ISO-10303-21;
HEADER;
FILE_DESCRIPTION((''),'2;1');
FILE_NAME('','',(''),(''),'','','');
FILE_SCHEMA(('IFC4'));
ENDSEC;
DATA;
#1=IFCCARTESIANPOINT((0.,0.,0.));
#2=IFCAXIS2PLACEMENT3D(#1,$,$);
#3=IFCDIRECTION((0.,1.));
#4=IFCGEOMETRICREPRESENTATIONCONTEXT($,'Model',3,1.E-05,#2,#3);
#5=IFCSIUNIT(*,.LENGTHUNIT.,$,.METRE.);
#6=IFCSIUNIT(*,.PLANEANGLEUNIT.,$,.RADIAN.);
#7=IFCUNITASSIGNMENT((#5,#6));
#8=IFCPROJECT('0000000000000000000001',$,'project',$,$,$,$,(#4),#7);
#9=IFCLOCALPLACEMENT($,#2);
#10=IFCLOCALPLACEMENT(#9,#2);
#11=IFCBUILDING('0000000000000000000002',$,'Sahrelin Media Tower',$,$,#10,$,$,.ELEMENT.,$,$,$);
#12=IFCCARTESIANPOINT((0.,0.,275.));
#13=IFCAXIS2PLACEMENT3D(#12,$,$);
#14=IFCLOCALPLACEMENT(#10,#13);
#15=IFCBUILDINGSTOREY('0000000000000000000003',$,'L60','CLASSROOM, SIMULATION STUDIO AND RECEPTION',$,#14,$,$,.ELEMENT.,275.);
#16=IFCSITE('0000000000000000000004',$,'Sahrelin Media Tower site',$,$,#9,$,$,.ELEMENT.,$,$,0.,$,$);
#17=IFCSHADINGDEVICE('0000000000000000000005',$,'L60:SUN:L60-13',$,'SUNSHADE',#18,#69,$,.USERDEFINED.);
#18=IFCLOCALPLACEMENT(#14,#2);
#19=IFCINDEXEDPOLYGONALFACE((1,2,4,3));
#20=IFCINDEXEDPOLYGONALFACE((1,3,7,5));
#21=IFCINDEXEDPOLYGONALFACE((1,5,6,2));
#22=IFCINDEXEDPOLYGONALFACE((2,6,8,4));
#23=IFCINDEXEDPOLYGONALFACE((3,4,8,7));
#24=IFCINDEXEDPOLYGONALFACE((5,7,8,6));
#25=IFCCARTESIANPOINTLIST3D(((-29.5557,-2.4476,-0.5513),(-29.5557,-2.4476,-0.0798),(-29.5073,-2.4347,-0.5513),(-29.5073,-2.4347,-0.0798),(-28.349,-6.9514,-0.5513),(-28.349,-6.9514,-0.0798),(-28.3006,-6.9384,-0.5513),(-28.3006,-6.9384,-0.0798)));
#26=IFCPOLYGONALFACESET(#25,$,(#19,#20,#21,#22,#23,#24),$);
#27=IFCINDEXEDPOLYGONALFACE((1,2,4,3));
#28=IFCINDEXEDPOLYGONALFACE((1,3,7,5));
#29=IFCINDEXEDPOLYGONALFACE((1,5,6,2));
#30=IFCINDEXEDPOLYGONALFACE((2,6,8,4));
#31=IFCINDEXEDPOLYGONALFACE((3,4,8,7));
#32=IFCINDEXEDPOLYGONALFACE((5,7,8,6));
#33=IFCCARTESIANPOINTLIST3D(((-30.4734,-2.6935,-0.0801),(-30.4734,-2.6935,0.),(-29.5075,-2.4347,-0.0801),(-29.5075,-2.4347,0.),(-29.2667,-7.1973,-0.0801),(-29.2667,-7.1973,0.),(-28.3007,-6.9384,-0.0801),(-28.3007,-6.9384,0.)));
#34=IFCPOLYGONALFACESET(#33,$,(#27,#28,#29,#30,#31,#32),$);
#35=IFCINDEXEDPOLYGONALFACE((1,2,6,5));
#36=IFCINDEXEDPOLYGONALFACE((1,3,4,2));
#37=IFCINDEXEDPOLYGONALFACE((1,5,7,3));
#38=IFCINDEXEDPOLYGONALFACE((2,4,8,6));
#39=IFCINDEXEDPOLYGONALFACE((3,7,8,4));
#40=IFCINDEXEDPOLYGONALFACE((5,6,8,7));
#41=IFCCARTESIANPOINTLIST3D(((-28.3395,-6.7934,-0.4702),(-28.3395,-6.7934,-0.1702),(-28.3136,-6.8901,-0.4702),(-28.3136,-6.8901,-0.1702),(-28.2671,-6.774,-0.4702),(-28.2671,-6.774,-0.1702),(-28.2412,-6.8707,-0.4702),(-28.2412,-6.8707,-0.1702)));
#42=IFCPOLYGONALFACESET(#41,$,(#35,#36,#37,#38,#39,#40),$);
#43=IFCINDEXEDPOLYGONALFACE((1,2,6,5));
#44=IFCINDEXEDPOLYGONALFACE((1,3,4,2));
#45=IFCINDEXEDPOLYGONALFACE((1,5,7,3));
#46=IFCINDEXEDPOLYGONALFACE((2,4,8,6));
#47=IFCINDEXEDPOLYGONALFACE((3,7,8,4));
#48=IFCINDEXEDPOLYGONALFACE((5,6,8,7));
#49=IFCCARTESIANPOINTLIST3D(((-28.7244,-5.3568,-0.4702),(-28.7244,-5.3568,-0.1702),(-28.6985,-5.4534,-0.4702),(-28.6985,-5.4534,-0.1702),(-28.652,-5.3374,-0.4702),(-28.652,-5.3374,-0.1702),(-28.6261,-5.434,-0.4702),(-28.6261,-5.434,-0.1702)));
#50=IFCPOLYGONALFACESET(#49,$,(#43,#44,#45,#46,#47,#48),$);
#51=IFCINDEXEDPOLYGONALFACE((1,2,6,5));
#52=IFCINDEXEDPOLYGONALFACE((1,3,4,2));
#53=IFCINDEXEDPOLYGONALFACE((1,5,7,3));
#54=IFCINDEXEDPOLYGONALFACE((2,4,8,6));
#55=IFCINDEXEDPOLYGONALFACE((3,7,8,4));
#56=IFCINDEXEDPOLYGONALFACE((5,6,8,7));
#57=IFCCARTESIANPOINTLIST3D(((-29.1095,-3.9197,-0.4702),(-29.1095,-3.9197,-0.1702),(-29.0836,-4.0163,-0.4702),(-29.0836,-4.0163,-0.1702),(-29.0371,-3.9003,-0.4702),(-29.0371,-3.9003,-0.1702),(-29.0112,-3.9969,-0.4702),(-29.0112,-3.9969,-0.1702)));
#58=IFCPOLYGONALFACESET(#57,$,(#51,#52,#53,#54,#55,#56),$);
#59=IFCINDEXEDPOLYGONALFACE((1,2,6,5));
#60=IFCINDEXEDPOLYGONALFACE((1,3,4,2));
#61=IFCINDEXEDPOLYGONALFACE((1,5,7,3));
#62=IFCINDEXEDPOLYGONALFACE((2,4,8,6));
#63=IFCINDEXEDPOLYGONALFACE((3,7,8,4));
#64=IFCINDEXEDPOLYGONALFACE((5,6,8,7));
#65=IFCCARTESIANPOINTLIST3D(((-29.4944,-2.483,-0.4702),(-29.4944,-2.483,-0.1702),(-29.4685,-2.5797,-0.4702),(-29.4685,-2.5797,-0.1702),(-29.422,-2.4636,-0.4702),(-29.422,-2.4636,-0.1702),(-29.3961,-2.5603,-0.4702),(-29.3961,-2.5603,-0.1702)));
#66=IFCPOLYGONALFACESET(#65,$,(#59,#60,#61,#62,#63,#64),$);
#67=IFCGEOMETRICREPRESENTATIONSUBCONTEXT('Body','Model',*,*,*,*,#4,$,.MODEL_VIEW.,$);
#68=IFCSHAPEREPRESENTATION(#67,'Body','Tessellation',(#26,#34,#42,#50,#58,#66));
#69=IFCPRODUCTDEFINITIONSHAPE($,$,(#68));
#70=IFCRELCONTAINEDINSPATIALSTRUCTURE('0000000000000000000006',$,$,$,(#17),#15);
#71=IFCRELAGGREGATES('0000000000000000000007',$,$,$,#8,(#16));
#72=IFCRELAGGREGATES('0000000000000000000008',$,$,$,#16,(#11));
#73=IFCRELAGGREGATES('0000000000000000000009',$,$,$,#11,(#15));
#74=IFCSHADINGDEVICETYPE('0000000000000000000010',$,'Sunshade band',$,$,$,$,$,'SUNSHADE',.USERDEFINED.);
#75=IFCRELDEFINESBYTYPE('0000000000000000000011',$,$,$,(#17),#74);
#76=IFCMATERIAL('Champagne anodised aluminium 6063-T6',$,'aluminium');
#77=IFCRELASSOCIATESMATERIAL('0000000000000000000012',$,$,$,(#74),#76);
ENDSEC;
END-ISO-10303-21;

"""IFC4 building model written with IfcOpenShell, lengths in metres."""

from ifc_helpers import new_model, si_unit, direction, frame, origin, origin_2d, place, context, subcontext, project, spatial, rectangle, extrude, material, type_object, element, save


model = new_model("IFC4")

# Units and contexts
model_context = context("Model", 3, precision=1e-05, world=origin(), true_north=direction((0.0, 1.0)))
body_context = subcontext(model_context, "Body", "Model", "MODEL_VIEW")
ifc_project = project(units=[si_unit("LENGTHUNIT", "METRE"), si_unit("PLANEANGLEUNIT", "RADIAN")], contexts=[model_context])

# Site, building, storey
site_placement = place(None, origin())
site = spatial("IfcSite", under=ifc_project, at=site_placement, Name="Sahrelin Media Tower site", CompositionType="ELEMENT", RefElevation=0.0)
building_placement = place(site_placement, origin())
building = spatial("IfcBuilding", under=site, at=building_placement, Name="Sahrelin Media Tower", CompositionType="ELEMENT")
storey_placement = place(building_placement, frame((0.0, 0.0, 275.0)))
storey = spatial("IfcBuildingStorey", under=building, at=storey_placement, Name="L60", Description="CLASSROOM, SIMULATION STUDIO AND RECEPTION", CompositionType="ELEMENT", Elevation=275.0)

# Shared definitions
ifc_material_1 = material(Name="Champagne anodised aluminium 6063-T6", Category="aluminium")

# Shading device
placement_1 = place(storey_placement, frame((-28.8848, -4.6814, 0.0), z_axis=(0.0, 0.0, 1.0), x_axis=(-0.258808, 0.965929, 0.0)))
shading_device_type_1 = type_object("IfcShadingDeviceType", Name="Sunshade band", ElementType="SUNSHADE", PredefinedType="USERDEFINED", material=ifc_material_1)
element("IfcShadingDevice", 1, at=placement_1, inside=storey, type_object=shading_device_type_1, Name="L60:SUN:L60-13", ObjectType="SUNSHADE", PredefinedType="USERDEFINED", context=body_context, shape_type="SweptSolid", body=[
    extrude(rectangle(XDim=4.6626, YDim=0.05, at=origin_2d()), frame((0.0, 0.0449, -0.5513)), (0.0, 0.0, 1.0), 0.4714),
    extrude(rectangle(XDim=4.6626, YDim=1.0, at=origin_2d()), frame((0.0, 0.52, -0.0801)), (0.0, 0.0, 1.0), 0.0801),
    extrude(rectangle(XDim=0.1001, YDim=0.075, at=origin_2d()), frame((-2.2312, -0.0176, -0.4702)), (0.0, 0.0, 1.0), 0.3),
    extrude(rectangle(XDim=0.1001, YDim=0.075, at=origin_2d()), frame((-0.7439, -0.0176, -0.4702)), (0.0, 0.0, 1.0), 0.3),
    extrude(rectangle(XDim=0.1001, YDim=0.075, at=origin_2d()), frame((0.7439, -0.0176, -0.4702)), (0.0, 0.0, 1.0), 0.3),
    extrude(rectangle(XDim=0.1001, YDim=0.075, at=origin_2d()), frame((2.2312, -0.0176, -0.4702)), (0.0, 0.0, 1.0), 0.3),
])

save(model, "model.ifc")
